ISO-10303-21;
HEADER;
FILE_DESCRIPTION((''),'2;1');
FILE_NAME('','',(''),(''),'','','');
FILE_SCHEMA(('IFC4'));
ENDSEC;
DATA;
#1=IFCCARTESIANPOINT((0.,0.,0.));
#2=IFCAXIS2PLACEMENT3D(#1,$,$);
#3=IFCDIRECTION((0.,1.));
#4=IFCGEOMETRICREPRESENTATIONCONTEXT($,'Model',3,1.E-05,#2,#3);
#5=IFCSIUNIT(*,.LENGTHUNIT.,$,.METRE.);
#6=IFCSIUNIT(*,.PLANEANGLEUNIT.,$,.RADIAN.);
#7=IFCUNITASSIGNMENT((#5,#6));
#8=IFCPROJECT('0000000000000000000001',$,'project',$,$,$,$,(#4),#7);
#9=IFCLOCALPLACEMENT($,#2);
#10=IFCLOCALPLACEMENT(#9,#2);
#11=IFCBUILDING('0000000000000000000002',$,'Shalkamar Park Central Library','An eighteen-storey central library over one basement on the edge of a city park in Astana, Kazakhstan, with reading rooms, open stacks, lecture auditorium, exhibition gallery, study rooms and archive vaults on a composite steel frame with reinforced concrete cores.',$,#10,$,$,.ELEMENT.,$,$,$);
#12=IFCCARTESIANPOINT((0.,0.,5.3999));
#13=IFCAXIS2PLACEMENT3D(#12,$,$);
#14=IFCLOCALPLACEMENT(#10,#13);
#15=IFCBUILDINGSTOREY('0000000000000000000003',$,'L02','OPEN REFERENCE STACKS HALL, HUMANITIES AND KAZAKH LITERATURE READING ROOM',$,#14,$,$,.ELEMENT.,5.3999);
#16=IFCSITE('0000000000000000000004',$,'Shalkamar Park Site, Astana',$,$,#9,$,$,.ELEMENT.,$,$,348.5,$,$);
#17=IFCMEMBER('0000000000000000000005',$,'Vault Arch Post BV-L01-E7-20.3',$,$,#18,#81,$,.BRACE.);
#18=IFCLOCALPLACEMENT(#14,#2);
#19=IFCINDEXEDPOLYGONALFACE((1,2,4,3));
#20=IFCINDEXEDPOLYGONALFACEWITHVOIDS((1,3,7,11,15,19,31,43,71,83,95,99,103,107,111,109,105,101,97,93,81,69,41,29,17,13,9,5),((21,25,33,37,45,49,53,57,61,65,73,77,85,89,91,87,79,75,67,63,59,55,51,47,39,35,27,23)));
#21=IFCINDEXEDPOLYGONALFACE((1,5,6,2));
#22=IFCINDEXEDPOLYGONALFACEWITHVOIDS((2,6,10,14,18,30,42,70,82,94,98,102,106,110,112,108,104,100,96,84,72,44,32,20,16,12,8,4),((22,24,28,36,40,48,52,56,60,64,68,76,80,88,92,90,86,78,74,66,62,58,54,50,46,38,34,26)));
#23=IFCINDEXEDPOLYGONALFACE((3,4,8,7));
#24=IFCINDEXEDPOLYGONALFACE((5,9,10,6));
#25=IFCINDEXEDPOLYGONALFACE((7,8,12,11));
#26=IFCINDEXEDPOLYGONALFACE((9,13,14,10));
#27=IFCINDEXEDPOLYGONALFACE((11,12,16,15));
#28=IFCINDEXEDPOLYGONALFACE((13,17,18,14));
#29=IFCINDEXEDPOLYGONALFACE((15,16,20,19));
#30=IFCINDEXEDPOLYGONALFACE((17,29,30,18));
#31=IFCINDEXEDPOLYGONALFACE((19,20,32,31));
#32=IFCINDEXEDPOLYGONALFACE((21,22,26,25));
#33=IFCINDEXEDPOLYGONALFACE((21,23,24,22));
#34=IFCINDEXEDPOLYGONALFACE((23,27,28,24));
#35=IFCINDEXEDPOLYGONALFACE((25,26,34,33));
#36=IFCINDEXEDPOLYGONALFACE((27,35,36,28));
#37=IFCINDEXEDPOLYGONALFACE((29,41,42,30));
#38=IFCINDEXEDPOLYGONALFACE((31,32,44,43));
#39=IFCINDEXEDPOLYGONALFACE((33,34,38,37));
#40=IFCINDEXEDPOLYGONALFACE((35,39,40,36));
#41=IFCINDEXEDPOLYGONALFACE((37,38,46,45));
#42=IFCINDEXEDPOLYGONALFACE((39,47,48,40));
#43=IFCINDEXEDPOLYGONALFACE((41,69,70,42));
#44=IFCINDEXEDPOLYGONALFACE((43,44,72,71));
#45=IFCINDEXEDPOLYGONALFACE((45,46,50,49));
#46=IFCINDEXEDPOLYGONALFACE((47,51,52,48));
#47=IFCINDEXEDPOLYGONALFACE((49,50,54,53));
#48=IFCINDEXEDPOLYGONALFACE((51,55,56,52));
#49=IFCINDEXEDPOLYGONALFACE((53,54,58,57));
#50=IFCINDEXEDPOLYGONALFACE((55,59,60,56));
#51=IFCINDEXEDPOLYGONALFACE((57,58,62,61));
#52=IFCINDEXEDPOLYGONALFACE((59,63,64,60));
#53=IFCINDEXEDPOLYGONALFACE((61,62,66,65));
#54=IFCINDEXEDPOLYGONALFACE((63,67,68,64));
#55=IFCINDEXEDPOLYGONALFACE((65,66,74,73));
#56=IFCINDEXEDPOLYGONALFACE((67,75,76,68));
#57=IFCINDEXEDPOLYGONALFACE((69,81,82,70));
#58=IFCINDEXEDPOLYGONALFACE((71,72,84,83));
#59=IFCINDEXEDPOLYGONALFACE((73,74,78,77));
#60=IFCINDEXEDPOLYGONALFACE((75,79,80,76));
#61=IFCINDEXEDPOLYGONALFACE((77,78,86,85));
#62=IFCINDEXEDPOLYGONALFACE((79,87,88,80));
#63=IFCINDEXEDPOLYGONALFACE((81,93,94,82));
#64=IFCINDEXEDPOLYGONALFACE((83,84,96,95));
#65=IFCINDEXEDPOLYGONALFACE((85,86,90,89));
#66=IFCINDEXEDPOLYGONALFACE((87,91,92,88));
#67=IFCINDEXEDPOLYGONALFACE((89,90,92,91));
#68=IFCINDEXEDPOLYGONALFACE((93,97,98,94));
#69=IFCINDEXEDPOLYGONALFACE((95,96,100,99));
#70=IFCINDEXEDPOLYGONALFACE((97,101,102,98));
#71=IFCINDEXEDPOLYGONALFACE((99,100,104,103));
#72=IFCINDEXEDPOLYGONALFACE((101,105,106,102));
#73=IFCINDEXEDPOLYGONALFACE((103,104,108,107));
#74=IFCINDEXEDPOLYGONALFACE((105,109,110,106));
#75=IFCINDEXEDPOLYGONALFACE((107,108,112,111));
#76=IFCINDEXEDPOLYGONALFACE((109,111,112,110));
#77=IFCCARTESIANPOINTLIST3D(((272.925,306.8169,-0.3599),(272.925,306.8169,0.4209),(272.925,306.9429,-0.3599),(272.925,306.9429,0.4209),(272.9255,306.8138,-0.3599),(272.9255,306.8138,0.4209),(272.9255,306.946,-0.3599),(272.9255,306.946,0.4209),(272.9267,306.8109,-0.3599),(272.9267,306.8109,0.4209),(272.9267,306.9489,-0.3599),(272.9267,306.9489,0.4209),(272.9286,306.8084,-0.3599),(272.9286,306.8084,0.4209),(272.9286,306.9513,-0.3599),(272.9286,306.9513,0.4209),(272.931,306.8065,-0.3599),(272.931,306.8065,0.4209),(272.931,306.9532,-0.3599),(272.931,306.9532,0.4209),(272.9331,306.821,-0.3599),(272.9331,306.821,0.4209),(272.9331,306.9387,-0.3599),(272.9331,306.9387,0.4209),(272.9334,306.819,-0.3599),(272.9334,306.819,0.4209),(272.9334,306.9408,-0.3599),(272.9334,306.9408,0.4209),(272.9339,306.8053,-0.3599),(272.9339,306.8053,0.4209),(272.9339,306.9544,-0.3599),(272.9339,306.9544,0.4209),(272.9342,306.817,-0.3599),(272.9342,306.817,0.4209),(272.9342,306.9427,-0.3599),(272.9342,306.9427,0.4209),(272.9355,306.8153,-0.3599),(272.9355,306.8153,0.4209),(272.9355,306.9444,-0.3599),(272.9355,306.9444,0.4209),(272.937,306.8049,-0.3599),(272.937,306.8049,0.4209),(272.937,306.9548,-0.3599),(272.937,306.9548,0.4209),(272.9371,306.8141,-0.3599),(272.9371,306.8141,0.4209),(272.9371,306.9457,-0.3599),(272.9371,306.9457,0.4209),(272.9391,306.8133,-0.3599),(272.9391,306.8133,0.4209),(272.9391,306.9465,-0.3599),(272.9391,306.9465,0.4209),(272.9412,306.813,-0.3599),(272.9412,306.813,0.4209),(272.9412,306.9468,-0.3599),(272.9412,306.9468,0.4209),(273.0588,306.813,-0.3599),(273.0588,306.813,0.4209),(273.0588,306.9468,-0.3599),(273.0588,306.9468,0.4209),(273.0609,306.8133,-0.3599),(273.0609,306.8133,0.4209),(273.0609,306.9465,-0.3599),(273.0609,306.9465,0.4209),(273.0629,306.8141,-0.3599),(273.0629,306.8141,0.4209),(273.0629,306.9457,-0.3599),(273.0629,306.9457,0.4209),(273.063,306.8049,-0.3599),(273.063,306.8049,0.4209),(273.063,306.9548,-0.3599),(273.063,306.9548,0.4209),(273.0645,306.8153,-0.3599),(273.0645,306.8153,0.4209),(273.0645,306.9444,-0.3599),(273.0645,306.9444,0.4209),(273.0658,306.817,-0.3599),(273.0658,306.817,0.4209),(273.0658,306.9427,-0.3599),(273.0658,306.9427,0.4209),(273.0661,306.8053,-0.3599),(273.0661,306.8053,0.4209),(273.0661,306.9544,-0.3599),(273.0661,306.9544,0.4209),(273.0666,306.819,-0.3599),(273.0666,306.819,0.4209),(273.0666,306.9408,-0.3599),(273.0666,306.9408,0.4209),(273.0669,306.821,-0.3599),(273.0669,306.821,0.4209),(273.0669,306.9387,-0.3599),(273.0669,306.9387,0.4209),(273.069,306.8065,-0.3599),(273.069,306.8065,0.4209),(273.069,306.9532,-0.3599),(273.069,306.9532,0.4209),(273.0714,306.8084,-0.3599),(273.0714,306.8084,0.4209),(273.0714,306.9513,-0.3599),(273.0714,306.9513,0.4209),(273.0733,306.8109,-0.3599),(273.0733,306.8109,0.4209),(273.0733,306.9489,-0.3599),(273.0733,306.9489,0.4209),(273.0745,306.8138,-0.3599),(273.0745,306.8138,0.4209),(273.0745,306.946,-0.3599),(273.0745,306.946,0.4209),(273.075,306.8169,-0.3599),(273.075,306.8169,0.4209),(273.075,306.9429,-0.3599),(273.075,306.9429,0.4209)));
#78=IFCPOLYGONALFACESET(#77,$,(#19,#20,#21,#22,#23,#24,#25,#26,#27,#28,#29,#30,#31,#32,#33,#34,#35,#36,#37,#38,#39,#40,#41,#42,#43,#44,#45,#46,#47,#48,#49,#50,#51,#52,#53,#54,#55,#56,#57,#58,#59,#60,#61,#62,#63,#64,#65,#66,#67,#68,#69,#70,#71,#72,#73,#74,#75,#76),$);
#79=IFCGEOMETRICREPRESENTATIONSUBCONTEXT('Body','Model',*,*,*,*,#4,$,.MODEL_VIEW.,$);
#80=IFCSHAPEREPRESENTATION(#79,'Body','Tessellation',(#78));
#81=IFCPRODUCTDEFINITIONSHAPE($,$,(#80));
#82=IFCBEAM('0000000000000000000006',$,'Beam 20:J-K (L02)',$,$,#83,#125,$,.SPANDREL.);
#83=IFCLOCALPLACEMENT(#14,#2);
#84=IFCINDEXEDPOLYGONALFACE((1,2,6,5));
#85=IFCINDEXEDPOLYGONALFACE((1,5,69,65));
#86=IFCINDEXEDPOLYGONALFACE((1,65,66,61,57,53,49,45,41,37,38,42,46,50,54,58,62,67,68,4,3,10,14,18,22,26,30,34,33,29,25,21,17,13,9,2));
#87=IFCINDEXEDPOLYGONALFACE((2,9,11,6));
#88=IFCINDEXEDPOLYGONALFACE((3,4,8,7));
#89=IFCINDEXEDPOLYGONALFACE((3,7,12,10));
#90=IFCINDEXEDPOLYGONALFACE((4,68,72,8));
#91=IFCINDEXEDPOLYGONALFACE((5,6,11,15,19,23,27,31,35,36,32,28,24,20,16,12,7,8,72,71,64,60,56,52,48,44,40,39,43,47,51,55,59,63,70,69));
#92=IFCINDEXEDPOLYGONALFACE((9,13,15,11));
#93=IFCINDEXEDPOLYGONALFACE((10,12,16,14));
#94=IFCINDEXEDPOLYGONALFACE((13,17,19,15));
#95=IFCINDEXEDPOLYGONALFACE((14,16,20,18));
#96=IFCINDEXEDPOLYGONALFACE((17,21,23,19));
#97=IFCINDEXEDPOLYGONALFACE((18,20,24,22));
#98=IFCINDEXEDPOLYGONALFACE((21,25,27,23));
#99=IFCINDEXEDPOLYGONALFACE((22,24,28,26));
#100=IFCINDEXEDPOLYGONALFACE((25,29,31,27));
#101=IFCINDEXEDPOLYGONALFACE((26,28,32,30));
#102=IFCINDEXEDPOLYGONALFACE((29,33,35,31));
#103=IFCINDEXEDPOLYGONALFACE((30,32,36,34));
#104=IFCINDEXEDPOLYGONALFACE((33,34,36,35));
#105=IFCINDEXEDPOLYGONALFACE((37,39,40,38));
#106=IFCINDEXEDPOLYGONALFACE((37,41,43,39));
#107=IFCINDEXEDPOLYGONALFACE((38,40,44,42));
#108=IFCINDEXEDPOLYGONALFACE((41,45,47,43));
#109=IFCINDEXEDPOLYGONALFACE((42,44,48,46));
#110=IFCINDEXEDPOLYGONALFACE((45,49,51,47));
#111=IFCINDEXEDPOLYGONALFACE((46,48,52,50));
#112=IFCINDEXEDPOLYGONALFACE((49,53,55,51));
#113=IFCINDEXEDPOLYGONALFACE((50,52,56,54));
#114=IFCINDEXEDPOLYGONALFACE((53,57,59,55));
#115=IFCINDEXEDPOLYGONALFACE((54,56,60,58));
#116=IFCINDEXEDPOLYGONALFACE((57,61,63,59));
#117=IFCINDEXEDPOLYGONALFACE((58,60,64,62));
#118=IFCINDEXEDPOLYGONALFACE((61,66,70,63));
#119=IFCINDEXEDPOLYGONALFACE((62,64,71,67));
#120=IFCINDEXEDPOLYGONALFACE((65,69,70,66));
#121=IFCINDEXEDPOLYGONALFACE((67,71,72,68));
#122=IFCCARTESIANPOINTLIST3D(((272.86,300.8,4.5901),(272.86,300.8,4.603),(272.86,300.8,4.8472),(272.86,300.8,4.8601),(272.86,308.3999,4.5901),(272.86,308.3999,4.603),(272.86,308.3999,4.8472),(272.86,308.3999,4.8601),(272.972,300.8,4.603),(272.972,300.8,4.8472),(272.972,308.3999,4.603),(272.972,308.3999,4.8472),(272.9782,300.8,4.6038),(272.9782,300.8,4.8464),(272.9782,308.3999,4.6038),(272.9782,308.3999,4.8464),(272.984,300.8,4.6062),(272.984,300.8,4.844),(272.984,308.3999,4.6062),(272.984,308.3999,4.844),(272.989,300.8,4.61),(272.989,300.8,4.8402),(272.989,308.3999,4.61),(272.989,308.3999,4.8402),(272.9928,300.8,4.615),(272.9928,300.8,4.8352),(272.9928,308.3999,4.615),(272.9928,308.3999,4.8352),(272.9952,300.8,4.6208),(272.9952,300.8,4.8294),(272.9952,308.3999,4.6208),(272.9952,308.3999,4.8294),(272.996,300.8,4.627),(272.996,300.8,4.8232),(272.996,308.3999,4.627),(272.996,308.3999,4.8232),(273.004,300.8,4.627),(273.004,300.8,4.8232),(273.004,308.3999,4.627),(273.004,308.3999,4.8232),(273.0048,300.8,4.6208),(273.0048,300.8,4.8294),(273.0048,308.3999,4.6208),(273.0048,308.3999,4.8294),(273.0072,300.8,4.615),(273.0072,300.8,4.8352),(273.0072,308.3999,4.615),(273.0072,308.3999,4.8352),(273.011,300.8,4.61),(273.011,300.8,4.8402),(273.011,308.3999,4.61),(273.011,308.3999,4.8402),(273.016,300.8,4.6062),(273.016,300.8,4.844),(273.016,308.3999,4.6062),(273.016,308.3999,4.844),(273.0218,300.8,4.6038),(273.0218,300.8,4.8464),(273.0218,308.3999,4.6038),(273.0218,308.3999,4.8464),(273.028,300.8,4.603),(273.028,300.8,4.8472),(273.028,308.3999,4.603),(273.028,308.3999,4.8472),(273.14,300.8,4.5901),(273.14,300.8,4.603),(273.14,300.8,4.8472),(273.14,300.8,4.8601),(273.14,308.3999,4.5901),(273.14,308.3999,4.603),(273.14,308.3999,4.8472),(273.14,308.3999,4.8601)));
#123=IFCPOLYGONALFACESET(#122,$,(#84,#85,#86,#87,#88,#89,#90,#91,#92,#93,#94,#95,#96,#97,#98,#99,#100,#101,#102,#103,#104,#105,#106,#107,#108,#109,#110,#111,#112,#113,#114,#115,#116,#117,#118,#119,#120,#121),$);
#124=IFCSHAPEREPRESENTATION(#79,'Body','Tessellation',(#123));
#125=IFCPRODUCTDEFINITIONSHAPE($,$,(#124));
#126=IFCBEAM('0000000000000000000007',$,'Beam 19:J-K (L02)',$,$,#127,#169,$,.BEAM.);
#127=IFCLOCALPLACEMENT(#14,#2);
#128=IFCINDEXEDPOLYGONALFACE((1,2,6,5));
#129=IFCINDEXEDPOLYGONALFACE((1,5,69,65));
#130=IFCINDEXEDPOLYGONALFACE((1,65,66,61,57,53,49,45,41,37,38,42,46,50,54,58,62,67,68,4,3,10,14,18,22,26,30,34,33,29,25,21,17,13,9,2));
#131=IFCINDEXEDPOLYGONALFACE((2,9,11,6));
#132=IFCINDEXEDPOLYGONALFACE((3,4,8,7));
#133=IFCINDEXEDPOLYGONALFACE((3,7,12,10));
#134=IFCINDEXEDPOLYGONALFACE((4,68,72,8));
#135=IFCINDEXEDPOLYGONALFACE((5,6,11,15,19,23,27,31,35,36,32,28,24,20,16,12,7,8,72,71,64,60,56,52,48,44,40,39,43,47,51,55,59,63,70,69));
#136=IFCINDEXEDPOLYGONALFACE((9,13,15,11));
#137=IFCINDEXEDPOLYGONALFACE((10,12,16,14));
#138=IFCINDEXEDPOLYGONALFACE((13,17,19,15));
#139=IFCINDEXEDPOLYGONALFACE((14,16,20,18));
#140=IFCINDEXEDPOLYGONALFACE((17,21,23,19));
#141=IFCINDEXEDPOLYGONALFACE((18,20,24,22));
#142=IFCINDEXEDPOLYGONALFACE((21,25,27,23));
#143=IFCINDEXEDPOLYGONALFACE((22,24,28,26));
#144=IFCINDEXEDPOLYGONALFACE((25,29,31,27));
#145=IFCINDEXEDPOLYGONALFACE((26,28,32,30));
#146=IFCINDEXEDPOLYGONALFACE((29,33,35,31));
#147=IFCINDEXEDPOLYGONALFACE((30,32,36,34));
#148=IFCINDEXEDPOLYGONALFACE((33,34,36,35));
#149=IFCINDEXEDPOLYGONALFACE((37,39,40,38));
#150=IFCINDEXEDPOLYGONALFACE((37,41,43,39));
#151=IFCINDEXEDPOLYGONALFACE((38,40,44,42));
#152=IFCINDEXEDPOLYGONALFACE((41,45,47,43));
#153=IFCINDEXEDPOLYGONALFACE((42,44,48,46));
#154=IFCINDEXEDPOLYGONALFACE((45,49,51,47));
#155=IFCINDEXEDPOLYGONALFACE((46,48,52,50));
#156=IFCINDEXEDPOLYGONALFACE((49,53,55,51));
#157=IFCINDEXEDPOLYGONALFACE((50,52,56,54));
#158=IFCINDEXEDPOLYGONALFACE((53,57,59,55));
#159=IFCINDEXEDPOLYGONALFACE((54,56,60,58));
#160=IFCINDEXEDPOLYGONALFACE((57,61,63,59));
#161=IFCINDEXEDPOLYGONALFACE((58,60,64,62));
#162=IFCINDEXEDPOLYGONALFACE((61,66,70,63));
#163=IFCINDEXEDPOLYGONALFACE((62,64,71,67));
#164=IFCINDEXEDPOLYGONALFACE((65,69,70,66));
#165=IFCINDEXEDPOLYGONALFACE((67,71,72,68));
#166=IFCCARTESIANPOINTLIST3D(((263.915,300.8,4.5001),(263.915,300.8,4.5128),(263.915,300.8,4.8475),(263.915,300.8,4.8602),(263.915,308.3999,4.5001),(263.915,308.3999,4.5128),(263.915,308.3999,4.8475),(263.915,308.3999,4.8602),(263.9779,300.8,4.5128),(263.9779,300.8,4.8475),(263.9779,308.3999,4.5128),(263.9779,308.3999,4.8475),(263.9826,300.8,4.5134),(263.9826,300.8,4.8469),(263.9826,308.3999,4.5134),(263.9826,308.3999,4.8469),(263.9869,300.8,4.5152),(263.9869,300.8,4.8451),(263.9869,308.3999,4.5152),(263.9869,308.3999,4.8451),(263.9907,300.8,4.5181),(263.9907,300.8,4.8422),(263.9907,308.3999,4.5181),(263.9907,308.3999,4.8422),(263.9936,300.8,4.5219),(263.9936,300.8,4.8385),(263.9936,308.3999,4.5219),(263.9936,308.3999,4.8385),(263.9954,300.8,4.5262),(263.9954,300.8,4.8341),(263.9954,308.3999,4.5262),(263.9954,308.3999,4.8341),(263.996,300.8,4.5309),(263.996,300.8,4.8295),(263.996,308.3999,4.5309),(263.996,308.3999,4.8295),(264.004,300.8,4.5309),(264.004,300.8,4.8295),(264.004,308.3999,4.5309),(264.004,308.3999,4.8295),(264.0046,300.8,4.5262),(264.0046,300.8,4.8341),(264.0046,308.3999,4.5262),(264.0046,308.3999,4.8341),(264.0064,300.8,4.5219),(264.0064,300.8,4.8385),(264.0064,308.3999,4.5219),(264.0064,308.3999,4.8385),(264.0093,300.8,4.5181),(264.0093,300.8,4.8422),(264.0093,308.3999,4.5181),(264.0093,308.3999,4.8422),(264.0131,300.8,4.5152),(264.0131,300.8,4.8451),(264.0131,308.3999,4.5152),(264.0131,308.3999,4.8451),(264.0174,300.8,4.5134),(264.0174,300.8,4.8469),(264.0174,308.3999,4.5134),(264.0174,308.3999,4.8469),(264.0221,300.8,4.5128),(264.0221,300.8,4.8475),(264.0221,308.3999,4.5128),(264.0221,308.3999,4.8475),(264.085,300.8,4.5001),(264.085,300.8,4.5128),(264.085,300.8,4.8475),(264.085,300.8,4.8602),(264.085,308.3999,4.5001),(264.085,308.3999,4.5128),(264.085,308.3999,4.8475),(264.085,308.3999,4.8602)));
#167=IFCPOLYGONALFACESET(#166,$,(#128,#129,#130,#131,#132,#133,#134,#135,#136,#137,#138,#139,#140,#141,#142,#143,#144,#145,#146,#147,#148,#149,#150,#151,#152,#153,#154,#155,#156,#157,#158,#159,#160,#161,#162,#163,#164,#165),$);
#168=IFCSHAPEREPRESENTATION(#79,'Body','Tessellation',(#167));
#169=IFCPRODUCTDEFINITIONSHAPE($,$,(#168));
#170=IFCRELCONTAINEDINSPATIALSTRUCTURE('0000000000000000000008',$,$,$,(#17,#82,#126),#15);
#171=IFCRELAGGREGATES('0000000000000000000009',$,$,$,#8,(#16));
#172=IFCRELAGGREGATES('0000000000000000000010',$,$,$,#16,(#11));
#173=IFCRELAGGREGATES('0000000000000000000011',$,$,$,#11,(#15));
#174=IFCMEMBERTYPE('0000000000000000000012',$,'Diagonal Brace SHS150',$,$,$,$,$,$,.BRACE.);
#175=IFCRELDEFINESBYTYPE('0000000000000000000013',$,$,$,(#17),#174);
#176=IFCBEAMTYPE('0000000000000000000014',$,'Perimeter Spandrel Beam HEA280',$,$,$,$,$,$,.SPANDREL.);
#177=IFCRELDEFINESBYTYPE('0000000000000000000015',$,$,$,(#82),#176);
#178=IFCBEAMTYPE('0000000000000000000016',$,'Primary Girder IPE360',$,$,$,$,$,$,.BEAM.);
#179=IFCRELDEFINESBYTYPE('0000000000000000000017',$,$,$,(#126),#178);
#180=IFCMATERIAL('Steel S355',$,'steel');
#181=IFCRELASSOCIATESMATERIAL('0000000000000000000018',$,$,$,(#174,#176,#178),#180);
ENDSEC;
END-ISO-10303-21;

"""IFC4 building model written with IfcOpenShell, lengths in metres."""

from ifc_helpers import new_model, si_unit, direction, frame, origin, origin_2d, place, context, subcontext, project, spatial, hollow_rectangle, i_section, extrude, material, material_profile, profile_set, type_object, element, save


model = new_model("IFC4")

# Units and contexts
model_context = context("Model", 3, precision=1e-05, world=origin(), true_north=direction((0.0, 1.0)))
body_context = subcontext(model_context, "Body", "Model", "MODEL_VIEW")
ifc_project = project(units=[si_unit("LENGTHUNIT", "METRE"), si_unit("PLANEANGLEUNIT", "RADIAN")], contexts=[model_context])

# Site, building, storey
site_placement = place(None, origin())
site = spatial("IfcSite", under=ifc_project, at=site_placement, Name="Shalkamar Park Site, Astana", CompositionType="ELEMENT", RefElevation=348.5)
building_placement = place(site_placement, origin())
building = spatial("IfcBuilding", under=site, at=building_placement, Name="Shalkamar Park Central Library", Description="An eighteen-storey central library over one basement on the edge of a city park in Astana, Kazakhstan, with reading rooms, open stacks, lecture auditorium, exhibition gallery, study rooms and archive vaults on a composite steel frame with reinforced concrete cores.", CompositionType="ELEMENT")
storey_placement = place(building_placement, frame((0.0, 0.0, 5.3999)))
storey = spatial("IfcBuildingStorey", under=building, at=storey_placement, Name="L02", Description="OPEN REFERENCE STACKS HALL, HUMANITIES AND KAZAKH LITERATURE READING ROOM", CompositionType="ELEMENT", Elevation=5.3999)

# Shared definitions
ifc_material_1 = material(Name="Steel S355", Category="steel")

# Member
ifc_material_profile_1 = material_profile(ifc_material_1, hollow_rectangle(XDim=0.1499, YDim=0.1499, WallThickness=0.0081, InnerFilletRadius=0.0081, OuterFilletRadius=0.012, at=origin_2d()), Name="SHS 150x150x8")
ifc_profile_set_1 = profile_set([ifc_material_profile_1], Name="Steel S355")
member_type_1 = type_object("IfcMemberType", Name="Diagonal Brace SHS150", PredefinedType="BRACE", material=ifc_profile_set_1)
member_1_placement = place(storey_placement, frame((273.0, 306.8799, -0.3599), z_axis=(0.0, 0.0, 1.0), x_axis=(1.0, 0.0, 0.0)))
element("IfcMember", 1, at=member_1_placement, inside=storey, type_object=member_type_1, Name="Vault Arch Post BV-L01-E7-20.3", PredefinedType="BRACE", context=body_context, shape_type="SweptSolid", body=[
    extrude(hollow_rectangle(XDim=0.1499, YDim=0.1499, WallThickness=0.0081, InnerFilletRadius=0.0081, OuterFilletRadius=0.012, at=origin_2d()), origin(), (0.0, 0.0, 1.0), 0.7808),
])

# Beams
ifc_material_profile_2 = material_profile(ifc_material_1, i_section(OverallWidth=0.28, OverallDepth=0.27, WebThickness=0.0081, FlangeThickness=0.0129, FilletRadius=0.0239, at=origin_2d()), Name="HEA 280")
ifc_profile_set_2 = profile_set([ifc_material_profile_2], Name="Steel S355")
beam_type_1 = type_object("IfcBeamType", Name="Perimeter Spandrel Beam HEA280", PredefinedType="SPANDREL", material=ifc_profile_set_2)
beam_1_placement = place(storey_placement, frame((273.0, 300.8, 4.7251), z_axis=(0.0, 1.0, 0.0), x_axis=(-1.0, 0.0, 0.0)))
element("IfcBeam", 2, at=beam_1_placement, inside=storey, type_object=beam_type_1, Name="Beam 20:J-K (L02)", PredefinedType="SPANDREL", context=body_context, shape_type="SweptSolid", body=[
    extrude(i_section(OverallWidth=0.28, OverallDepth=0.27, WebThickness=0.0081, FlangeThickness=0.0129, FilletRadius=0.0239, at=origin_2d()), origin(), (0.0, 0.0, 1.0), 7.5999),
])
ifc_material_profile_3 = material_profile(ifc_material_1, i_section(OverallWidth=0.1699, OverallDepth=0.3601, WebThickness=0.0081, FlangeThickness=0.0127, FilletRadius=0.0181, at=origin_2d()), Name="IPE 360")
ifc_profile_set_3 = profile_set([ifc_material_profile_3], Name="Steel S355")
beam_type_2 = type_object("IfcBeamType", Name="Primary Girder IPE360", PredefinedType="BEAM", material=ifc_profile_set_3)
beam_2_placement = place(storey_placement, frame((264.0, 300.8, 4.6802), z_axis=(0.0, 1.0, 0.0), x_axis=(-1.0, 0.0, 0.0)))
element("IfcBeam", 3, at=beam_2_placement, inside=storey, type_object=beam_type_2, Name="Beam 19:J-K (L02)", PredefinedType="BEAM", context=body_context, shape_type="SweptSolid", body=[
    extrude(i_section(OverallWidth=0.1699, OverallDepth=0.3601, WebThickness=0.0081, FlangeThickness=0.0127, FilletRadius=0.0181, at=origin_2d()), origin(), (0.0, 0.0, 1.0), 7.5999),
])

save(model, "model.ifc")
